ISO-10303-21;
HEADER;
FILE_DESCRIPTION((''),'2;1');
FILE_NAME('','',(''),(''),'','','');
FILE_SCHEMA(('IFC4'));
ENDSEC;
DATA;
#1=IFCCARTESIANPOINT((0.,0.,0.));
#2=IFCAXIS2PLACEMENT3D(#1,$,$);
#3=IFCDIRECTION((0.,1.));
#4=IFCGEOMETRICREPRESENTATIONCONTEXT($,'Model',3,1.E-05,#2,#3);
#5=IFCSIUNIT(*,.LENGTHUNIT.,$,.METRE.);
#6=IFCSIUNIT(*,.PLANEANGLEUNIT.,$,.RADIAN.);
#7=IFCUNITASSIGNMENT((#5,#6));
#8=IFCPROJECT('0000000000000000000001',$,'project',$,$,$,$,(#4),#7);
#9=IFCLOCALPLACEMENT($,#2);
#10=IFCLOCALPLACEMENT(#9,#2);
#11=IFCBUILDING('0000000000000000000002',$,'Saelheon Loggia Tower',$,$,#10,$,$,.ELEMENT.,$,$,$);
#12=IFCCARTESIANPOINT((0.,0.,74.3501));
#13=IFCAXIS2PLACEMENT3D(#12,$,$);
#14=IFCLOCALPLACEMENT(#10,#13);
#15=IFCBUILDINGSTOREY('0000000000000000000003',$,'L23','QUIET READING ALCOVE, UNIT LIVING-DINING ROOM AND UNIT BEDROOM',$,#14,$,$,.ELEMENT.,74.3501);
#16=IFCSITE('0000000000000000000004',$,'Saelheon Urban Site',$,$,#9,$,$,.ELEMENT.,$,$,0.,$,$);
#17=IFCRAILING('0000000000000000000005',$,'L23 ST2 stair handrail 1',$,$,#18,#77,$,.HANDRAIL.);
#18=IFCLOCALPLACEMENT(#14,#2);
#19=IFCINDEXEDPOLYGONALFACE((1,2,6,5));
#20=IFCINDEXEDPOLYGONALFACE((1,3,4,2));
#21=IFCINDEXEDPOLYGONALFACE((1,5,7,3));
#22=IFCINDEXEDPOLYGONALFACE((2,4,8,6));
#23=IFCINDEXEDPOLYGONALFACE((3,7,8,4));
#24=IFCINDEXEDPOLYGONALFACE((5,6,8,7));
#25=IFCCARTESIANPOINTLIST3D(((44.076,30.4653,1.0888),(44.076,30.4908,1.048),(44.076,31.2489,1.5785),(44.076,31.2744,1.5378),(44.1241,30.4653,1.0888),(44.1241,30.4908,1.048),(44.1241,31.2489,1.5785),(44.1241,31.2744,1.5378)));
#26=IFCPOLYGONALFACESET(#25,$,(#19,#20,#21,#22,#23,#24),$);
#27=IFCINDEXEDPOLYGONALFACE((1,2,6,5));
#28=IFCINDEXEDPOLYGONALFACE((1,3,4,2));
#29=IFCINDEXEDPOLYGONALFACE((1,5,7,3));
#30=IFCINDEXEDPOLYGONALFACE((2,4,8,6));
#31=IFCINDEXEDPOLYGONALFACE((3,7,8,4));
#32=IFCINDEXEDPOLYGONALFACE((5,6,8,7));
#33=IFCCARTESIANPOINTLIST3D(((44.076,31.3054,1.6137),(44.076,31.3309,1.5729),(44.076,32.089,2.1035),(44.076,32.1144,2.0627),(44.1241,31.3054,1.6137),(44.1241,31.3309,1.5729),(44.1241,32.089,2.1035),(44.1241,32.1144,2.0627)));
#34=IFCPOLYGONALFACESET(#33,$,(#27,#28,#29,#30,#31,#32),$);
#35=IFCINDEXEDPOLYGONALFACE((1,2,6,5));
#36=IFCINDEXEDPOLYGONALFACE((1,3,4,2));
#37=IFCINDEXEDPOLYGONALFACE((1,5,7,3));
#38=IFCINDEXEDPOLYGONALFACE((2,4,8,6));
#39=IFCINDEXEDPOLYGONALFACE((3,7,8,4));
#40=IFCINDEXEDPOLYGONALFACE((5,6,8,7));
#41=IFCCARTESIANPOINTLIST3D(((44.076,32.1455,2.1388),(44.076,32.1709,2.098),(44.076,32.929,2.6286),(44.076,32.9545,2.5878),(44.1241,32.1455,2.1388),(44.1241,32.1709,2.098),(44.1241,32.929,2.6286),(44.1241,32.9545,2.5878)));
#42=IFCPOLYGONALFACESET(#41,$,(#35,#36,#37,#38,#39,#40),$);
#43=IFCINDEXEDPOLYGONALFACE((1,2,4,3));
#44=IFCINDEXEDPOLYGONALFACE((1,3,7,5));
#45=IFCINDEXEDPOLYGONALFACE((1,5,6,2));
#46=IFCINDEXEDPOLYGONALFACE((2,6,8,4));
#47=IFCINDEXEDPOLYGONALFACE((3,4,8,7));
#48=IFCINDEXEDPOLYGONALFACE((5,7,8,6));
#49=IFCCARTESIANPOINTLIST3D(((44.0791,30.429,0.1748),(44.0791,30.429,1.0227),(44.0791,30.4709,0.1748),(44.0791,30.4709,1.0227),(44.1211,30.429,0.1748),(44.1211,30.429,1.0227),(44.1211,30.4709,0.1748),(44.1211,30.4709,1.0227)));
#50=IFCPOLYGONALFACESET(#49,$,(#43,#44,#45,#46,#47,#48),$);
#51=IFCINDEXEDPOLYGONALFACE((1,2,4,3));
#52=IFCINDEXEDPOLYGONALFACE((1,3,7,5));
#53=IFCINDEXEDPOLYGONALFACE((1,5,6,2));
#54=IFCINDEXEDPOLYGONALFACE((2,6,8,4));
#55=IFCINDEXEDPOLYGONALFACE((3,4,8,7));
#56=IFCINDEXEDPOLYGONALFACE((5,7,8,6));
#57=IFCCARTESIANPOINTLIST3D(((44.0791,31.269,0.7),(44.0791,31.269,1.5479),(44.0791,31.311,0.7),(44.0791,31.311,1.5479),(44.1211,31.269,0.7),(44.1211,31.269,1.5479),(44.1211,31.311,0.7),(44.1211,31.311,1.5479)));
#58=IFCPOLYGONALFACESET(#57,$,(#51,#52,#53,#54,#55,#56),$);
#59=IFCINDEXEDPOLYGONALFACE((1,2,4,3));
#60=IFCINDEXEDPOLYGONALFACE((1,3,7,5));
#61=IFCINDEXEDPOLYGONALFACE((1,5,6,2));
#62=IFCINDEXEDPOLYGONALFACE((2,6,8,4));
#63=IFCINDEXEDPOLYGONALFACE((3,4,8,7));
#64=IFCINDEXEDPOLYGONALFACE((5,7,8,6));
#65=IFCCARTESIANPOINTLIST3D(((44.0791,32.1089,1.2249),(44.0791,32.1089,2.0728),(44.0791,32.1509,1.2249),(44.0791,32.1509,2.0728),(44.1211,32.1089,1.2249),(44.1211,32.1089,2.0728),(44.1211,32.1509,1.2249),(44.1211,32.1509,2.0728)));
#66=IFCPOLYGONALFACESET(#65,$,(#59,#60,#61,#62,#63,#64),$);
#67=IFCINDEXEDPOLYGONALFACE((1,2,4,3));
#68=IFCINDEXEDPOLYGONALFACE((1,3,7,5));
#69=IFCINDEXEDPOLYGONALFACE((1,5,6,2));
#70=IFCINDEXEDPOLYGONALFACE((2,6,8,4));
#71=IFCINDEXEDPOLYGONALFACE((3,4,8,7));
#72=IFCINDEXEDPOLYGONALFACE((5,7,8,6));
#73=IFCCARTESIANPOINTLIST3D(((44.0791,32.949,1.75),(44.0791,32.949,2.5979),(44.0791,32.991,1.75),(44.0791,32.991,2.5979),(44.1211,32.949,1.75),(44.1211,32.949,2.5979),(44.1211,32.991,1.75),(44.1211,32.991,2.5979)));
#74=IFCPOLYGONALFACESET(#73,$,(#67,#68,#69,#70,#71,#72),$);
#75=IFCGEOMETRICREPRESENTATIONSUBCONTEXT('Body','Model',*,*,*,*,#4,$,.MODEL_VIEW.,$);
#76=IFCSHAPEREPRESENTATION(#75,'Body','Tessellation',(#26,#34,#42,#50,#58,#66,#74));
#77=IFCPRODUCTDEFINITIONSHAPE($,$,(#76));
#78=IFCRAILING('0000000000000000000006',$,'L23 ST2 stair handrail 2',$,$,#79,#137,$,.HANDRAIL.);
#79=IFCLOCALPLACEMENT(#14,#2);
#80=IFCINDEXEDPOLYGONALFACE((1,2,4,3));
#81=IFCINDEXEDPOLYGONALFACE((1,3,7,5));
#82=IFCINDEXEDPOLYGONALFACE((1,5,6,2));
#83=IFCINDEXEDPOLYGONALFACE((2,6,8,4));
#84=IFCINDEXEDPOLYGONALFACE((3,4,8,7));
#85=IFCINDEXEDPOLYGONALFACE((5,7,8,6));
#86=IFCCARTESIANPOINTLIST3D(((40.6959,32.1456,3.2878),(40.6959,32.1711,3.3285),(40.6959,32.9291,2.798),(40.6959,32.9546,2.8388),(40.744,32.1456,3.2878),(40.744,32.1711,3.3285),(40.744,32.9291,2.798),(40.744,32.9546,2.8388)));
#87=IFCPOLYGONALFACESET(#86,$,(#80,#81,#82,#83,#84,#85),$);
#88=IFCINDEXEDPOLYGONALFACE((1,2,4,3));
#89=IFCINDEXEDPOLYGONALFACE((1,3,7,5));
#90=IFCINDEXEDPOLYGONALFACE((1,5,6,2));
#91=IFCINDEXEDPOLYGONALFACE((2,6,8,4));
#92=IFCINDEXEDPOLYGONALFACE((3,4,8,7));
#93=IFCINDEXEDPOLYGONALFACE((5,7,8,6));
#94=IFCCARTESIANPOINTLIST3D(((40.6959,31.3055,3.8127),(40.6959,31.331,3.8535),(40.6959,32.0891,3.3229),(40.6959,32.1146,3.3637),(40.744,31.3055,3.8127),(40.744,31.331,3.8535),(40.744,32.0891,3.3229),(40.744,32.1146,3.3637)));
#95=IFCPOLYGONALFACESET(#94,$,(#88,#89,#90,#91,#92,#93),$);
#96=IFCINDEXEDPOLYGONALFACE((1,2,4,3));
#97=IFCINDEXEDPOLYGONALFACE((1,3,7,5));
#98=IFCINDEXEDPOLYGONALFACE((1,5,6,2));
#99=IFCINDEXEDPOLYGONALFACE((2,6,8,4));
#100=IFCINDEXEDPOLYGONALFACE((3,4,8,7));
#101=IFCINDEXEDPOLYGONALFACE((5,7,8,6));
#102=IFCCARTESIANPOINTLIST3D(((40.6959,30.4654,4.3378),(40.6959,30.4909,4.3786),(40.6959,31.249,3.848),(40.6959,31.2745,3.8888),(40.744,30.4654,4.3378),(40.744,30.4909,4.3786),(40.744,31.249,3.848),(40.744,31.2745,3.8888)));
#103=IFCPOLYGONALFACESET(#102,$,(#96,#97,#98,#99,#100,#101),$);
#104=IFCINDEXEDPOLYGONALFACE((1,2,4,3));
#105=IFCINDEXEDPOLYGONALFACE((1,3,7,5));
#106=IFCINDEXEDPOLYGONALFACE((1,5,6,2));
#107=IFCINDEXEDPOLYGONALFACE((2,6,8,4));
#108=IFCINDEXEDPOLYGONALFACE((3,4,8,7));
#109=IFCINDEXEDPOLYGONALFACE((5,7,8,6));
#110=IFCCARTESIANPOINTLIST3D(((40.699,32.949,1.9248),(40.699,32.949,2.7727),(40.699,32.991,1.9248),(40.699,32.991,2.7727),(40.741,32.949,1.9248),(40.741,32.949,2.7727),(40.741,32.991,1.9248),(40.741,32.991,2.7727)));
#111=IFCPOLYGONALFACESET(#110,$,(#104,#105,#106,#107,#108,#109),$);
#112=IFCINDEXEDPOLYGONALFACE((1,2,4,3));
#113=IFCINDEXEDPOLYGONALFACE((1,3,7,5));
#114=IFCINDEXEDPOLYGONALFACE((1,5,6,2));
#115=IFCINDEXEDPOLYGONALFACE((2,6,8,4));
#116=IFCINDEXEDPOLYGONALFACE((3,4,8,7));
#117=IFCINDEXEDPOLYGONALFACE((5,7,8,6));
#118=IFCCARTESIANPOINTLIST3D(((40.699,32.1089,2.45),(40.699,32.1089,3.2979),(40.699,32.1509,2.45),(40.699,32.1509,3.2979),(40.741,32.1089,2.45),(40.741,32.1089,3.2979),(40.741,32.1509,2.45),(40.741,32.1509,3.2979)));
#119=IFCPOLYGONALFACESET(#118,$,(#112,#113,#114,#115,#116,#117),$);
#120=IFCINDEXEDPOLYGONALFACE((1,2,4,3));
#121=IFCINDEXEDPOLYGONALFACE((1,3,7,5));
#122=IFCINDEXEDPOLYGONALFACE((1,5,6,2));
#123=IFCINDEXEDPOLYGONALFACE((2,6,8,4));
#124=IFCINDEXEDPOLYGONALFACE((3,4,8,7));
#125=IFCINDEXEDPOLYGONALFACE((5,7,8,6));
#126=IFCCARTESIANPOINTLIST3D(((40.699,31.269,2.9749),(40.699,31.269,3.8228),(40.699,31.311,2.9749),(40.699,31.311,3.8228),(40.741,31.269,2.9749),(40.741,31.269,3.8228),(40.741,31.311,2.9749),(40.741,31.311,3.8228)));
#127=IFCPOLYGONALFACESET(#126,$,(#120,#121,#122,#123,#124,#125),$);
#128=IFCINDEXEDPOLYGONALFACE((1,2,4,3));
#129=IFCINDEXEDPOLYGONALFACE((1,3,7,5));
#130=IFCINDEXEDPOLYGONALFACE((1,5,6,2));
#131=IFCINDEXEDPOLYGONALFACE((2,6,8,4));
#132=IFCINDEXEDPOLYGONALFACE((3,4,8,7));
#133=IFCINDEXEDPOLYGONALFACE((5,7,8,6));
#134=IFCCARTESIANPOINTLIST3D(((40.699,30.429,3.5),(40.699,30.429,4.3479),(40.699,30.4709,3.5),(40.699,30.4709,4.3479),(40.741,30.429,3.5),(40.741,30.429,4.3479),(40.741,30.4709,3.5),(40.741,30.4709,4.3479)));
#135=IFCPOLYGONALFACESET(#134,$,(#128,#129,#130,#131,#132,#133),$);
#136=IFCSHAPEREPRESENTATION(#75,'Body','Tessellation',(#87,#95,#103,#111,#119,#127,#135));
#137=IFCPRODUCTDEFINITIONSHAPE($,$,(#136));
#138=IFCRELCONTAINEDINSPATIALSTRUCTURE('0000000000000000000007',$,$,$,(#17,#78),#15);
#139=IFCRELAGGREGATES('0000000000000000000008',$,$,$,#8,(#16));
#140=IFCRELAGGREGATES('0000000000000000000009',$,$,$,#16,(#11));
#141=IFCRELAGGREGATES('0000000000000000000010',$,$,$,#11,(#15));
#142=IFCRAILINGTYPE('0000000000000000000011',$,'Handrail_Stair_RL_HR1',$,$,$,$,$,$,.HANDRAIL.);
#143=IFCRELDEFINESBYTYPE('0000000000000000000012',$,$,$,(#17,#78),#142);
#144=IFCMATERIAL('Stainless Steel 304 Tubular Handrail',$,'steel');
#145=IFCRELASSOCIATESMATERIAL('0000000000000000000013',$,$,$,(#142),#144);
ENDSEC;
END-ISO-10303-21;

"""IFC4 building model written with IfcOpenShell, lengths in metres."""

from ifc_helpers import new_model, si_unit, direction, frame, origin, origin_2d, place, context, subcontext, project, spatial, rectangle, extrude, material, type_object, element, save


model = new_model("IFC4")

# Units and contexts
model_context = context("Model", 3, precision=1e-05, world=origin(), true_north=direction((0.0, 1.0)))
body_context = subcontext(model_context, "Body", "Model", "MODEL_VIEW")
ifc_project = project(units=[si_unit("LENGTHUNIT", "METRE"), si_unit("PLANEANGLEUNIT", "RADIAN")], contexts=[model_context])

# Site, building, storey
site_placement = place(None, origin())
site = spatial("IfcSite", under=ifc_project, at=site_placement, Name="Saelheon Urban Site", CompositionType="ELEMENT", RefElevation=0.0)
building_placement = place(site_placement, origin())
building = spatial("IfcBuilding", under=site, at=building_placement, Name="Saelheon Loggia Tower", CompositionType="ELEMENT")
storey_placement = place(building_placement, frame((0.0, 0.0, 74.3501)))
storey = spatial("IfcBuildingStorey", under=building, at=storey_placement, Name="L23", Description="QUIET READING ALCOVE, UNIT LIVING-DINING ROOM AND UNIT BEDROOM", CompositionType="ELEMENT", Elevation=74.3501)

# Railings
ifc_material_1 = material(Name="Stainless Steel 304 Tubular Handrail", Category="steel")
railing_type_1 = type_object("IfcRailingType", Name="Handrail_Stair_RL_HR1", PredefinedType="HANDRAIL", material=ifc_material_1)
railing_1_placement = place(storey_placement, frame((44.1001, 30.45, 0.1748)))
element("IfcRailing", 1, at=railing_1_placement, inside=storey, type_object=railing_type_1, Name="L23 ST2 stair handrail 1", PredefinedType="HANDRAIL", context=body_context, shape_type="SweptSolid", body=[
    extrude(rectangle(XDim=0.0481, YDim=0.0481, at=origin_2d()), frame((0.0, 0.0281, 0.8936), z_axis=(0.0, 0.847971, 0.530043), x_axis=(-1.0, 0.0, 0.0)), (0.0, 0.0, 1.0), 0.9241),
    extrude(rectangle(XDim=0.0481, YDim=0.0481, at=origin_2d()), frame((0.0, 0.8682, 1.4185), z_axis=(0.0, 0.847971, 0.530043), x_axis=(-1.0, 0.0, 0.0)), (0.0, 0.0, 1.0), 0.9241),
    extrude(rectangle(XDim=0.0481, YDim=0.0481, at=origin_2d()), frame((0.0, 1.7083, 1.9436), z_axis=(0.0, 0.847971, 0.530043), x_axis=(-1.0, 0.0, 0.0)), (0.0, 0.0, 1.0), 0.9241),
    extrude(rectangle(XDim=0.042, YDim=0.042, at=origin_2d()), origin(), (0.0, 0.0, 1.0), 0.8479),
    extrude(rectangle(XDim=0.042, YDim=0.042, at=origin_2d()), frame((0.0, 0.8401, 0.5251)), (0.0, 0.0, 1.0), 0.8479),
    extrude(rectangle(XDim=0.042, YDim=0.042, at=origin_2d()), frame((0.0, 1.6799, 1.05)), (0.0, 0.0, 1.0), 0.8479),
    extrude(rectangle(XDim=0.042, YDim=0.042, at=origin_2d()), frame((0.0, 2.52, 1.5752)), (0.0, 0.0, 1.0), 0.8479),
])
railing_2_placement = place(storey_placement, frame((40.72, 32.97, 1.9248)))
element("IfcRailing", 2, at=railing_2_placement, inside=storey, type_object=railing_type_1, Name="L23 ST2 stair handrail 2", PredefinedType="HANDRAIL", context=body_context, shape_type="SweptSolid", body=[
    extrude(rectangle(XDim=0.0481, YDim=0.0481, at=origin_2d()), frame((0.0, -0.0281, 0.8936), z_axis=(0.0, -0.847971, 0.530043), x_axis=(1.0, 0.0, 0.0)), (0.0, 0.0, 1.0), 0.9241),
    extrude(rectangle(XDim=0.0481, YDim=0.0481, at=origin_2d()), frame((0.0, -0.8682, 1.4185), z_axis=(0.0, -0.847971, 0.530043), x_axis=(1.0, 0.0, 0.0)), (0.0, 0.0, 1.0), 0.9241),
    extrude(rectangle(XDim=0.0481, YDim=0.0481, at=origin_2d()), frame((0.0, -1.7083, 1.9436), z_axis=(0.0, -0.847971, 0.530043), x_axis=(1.0, 0.0, 0.0)), (0.0, 0.0, 1.0), 0.9241),
    extrude(rectangle(XDim=0.042, YDim=0.042, at=origin_2d()), origin(), (0.0, 0.0, 1.0), 0.8479),
    extrude(rectangle(XDim=0.042, YDim=0.042, at=origin_2d()), frame((0.0, -0.8401, 0.5251)), (0.0, 0.0, 1.0), 0.8479),
    extrude(rectangle(XDim=0.042, YDim=0.042, at=origin_2d()), frame((0.0, -1.6799, 1.05)), (0.0, 0.0, 1.0), 0.8479),
    extrude(rectangle(XDim=0.042, YDim=0.042, at=origin_2d()), frame((0.0, -2.52, 1.5752)), (0.0, 0.0, 1.0), 0.8479),
])

save(model, "model.ifc")
